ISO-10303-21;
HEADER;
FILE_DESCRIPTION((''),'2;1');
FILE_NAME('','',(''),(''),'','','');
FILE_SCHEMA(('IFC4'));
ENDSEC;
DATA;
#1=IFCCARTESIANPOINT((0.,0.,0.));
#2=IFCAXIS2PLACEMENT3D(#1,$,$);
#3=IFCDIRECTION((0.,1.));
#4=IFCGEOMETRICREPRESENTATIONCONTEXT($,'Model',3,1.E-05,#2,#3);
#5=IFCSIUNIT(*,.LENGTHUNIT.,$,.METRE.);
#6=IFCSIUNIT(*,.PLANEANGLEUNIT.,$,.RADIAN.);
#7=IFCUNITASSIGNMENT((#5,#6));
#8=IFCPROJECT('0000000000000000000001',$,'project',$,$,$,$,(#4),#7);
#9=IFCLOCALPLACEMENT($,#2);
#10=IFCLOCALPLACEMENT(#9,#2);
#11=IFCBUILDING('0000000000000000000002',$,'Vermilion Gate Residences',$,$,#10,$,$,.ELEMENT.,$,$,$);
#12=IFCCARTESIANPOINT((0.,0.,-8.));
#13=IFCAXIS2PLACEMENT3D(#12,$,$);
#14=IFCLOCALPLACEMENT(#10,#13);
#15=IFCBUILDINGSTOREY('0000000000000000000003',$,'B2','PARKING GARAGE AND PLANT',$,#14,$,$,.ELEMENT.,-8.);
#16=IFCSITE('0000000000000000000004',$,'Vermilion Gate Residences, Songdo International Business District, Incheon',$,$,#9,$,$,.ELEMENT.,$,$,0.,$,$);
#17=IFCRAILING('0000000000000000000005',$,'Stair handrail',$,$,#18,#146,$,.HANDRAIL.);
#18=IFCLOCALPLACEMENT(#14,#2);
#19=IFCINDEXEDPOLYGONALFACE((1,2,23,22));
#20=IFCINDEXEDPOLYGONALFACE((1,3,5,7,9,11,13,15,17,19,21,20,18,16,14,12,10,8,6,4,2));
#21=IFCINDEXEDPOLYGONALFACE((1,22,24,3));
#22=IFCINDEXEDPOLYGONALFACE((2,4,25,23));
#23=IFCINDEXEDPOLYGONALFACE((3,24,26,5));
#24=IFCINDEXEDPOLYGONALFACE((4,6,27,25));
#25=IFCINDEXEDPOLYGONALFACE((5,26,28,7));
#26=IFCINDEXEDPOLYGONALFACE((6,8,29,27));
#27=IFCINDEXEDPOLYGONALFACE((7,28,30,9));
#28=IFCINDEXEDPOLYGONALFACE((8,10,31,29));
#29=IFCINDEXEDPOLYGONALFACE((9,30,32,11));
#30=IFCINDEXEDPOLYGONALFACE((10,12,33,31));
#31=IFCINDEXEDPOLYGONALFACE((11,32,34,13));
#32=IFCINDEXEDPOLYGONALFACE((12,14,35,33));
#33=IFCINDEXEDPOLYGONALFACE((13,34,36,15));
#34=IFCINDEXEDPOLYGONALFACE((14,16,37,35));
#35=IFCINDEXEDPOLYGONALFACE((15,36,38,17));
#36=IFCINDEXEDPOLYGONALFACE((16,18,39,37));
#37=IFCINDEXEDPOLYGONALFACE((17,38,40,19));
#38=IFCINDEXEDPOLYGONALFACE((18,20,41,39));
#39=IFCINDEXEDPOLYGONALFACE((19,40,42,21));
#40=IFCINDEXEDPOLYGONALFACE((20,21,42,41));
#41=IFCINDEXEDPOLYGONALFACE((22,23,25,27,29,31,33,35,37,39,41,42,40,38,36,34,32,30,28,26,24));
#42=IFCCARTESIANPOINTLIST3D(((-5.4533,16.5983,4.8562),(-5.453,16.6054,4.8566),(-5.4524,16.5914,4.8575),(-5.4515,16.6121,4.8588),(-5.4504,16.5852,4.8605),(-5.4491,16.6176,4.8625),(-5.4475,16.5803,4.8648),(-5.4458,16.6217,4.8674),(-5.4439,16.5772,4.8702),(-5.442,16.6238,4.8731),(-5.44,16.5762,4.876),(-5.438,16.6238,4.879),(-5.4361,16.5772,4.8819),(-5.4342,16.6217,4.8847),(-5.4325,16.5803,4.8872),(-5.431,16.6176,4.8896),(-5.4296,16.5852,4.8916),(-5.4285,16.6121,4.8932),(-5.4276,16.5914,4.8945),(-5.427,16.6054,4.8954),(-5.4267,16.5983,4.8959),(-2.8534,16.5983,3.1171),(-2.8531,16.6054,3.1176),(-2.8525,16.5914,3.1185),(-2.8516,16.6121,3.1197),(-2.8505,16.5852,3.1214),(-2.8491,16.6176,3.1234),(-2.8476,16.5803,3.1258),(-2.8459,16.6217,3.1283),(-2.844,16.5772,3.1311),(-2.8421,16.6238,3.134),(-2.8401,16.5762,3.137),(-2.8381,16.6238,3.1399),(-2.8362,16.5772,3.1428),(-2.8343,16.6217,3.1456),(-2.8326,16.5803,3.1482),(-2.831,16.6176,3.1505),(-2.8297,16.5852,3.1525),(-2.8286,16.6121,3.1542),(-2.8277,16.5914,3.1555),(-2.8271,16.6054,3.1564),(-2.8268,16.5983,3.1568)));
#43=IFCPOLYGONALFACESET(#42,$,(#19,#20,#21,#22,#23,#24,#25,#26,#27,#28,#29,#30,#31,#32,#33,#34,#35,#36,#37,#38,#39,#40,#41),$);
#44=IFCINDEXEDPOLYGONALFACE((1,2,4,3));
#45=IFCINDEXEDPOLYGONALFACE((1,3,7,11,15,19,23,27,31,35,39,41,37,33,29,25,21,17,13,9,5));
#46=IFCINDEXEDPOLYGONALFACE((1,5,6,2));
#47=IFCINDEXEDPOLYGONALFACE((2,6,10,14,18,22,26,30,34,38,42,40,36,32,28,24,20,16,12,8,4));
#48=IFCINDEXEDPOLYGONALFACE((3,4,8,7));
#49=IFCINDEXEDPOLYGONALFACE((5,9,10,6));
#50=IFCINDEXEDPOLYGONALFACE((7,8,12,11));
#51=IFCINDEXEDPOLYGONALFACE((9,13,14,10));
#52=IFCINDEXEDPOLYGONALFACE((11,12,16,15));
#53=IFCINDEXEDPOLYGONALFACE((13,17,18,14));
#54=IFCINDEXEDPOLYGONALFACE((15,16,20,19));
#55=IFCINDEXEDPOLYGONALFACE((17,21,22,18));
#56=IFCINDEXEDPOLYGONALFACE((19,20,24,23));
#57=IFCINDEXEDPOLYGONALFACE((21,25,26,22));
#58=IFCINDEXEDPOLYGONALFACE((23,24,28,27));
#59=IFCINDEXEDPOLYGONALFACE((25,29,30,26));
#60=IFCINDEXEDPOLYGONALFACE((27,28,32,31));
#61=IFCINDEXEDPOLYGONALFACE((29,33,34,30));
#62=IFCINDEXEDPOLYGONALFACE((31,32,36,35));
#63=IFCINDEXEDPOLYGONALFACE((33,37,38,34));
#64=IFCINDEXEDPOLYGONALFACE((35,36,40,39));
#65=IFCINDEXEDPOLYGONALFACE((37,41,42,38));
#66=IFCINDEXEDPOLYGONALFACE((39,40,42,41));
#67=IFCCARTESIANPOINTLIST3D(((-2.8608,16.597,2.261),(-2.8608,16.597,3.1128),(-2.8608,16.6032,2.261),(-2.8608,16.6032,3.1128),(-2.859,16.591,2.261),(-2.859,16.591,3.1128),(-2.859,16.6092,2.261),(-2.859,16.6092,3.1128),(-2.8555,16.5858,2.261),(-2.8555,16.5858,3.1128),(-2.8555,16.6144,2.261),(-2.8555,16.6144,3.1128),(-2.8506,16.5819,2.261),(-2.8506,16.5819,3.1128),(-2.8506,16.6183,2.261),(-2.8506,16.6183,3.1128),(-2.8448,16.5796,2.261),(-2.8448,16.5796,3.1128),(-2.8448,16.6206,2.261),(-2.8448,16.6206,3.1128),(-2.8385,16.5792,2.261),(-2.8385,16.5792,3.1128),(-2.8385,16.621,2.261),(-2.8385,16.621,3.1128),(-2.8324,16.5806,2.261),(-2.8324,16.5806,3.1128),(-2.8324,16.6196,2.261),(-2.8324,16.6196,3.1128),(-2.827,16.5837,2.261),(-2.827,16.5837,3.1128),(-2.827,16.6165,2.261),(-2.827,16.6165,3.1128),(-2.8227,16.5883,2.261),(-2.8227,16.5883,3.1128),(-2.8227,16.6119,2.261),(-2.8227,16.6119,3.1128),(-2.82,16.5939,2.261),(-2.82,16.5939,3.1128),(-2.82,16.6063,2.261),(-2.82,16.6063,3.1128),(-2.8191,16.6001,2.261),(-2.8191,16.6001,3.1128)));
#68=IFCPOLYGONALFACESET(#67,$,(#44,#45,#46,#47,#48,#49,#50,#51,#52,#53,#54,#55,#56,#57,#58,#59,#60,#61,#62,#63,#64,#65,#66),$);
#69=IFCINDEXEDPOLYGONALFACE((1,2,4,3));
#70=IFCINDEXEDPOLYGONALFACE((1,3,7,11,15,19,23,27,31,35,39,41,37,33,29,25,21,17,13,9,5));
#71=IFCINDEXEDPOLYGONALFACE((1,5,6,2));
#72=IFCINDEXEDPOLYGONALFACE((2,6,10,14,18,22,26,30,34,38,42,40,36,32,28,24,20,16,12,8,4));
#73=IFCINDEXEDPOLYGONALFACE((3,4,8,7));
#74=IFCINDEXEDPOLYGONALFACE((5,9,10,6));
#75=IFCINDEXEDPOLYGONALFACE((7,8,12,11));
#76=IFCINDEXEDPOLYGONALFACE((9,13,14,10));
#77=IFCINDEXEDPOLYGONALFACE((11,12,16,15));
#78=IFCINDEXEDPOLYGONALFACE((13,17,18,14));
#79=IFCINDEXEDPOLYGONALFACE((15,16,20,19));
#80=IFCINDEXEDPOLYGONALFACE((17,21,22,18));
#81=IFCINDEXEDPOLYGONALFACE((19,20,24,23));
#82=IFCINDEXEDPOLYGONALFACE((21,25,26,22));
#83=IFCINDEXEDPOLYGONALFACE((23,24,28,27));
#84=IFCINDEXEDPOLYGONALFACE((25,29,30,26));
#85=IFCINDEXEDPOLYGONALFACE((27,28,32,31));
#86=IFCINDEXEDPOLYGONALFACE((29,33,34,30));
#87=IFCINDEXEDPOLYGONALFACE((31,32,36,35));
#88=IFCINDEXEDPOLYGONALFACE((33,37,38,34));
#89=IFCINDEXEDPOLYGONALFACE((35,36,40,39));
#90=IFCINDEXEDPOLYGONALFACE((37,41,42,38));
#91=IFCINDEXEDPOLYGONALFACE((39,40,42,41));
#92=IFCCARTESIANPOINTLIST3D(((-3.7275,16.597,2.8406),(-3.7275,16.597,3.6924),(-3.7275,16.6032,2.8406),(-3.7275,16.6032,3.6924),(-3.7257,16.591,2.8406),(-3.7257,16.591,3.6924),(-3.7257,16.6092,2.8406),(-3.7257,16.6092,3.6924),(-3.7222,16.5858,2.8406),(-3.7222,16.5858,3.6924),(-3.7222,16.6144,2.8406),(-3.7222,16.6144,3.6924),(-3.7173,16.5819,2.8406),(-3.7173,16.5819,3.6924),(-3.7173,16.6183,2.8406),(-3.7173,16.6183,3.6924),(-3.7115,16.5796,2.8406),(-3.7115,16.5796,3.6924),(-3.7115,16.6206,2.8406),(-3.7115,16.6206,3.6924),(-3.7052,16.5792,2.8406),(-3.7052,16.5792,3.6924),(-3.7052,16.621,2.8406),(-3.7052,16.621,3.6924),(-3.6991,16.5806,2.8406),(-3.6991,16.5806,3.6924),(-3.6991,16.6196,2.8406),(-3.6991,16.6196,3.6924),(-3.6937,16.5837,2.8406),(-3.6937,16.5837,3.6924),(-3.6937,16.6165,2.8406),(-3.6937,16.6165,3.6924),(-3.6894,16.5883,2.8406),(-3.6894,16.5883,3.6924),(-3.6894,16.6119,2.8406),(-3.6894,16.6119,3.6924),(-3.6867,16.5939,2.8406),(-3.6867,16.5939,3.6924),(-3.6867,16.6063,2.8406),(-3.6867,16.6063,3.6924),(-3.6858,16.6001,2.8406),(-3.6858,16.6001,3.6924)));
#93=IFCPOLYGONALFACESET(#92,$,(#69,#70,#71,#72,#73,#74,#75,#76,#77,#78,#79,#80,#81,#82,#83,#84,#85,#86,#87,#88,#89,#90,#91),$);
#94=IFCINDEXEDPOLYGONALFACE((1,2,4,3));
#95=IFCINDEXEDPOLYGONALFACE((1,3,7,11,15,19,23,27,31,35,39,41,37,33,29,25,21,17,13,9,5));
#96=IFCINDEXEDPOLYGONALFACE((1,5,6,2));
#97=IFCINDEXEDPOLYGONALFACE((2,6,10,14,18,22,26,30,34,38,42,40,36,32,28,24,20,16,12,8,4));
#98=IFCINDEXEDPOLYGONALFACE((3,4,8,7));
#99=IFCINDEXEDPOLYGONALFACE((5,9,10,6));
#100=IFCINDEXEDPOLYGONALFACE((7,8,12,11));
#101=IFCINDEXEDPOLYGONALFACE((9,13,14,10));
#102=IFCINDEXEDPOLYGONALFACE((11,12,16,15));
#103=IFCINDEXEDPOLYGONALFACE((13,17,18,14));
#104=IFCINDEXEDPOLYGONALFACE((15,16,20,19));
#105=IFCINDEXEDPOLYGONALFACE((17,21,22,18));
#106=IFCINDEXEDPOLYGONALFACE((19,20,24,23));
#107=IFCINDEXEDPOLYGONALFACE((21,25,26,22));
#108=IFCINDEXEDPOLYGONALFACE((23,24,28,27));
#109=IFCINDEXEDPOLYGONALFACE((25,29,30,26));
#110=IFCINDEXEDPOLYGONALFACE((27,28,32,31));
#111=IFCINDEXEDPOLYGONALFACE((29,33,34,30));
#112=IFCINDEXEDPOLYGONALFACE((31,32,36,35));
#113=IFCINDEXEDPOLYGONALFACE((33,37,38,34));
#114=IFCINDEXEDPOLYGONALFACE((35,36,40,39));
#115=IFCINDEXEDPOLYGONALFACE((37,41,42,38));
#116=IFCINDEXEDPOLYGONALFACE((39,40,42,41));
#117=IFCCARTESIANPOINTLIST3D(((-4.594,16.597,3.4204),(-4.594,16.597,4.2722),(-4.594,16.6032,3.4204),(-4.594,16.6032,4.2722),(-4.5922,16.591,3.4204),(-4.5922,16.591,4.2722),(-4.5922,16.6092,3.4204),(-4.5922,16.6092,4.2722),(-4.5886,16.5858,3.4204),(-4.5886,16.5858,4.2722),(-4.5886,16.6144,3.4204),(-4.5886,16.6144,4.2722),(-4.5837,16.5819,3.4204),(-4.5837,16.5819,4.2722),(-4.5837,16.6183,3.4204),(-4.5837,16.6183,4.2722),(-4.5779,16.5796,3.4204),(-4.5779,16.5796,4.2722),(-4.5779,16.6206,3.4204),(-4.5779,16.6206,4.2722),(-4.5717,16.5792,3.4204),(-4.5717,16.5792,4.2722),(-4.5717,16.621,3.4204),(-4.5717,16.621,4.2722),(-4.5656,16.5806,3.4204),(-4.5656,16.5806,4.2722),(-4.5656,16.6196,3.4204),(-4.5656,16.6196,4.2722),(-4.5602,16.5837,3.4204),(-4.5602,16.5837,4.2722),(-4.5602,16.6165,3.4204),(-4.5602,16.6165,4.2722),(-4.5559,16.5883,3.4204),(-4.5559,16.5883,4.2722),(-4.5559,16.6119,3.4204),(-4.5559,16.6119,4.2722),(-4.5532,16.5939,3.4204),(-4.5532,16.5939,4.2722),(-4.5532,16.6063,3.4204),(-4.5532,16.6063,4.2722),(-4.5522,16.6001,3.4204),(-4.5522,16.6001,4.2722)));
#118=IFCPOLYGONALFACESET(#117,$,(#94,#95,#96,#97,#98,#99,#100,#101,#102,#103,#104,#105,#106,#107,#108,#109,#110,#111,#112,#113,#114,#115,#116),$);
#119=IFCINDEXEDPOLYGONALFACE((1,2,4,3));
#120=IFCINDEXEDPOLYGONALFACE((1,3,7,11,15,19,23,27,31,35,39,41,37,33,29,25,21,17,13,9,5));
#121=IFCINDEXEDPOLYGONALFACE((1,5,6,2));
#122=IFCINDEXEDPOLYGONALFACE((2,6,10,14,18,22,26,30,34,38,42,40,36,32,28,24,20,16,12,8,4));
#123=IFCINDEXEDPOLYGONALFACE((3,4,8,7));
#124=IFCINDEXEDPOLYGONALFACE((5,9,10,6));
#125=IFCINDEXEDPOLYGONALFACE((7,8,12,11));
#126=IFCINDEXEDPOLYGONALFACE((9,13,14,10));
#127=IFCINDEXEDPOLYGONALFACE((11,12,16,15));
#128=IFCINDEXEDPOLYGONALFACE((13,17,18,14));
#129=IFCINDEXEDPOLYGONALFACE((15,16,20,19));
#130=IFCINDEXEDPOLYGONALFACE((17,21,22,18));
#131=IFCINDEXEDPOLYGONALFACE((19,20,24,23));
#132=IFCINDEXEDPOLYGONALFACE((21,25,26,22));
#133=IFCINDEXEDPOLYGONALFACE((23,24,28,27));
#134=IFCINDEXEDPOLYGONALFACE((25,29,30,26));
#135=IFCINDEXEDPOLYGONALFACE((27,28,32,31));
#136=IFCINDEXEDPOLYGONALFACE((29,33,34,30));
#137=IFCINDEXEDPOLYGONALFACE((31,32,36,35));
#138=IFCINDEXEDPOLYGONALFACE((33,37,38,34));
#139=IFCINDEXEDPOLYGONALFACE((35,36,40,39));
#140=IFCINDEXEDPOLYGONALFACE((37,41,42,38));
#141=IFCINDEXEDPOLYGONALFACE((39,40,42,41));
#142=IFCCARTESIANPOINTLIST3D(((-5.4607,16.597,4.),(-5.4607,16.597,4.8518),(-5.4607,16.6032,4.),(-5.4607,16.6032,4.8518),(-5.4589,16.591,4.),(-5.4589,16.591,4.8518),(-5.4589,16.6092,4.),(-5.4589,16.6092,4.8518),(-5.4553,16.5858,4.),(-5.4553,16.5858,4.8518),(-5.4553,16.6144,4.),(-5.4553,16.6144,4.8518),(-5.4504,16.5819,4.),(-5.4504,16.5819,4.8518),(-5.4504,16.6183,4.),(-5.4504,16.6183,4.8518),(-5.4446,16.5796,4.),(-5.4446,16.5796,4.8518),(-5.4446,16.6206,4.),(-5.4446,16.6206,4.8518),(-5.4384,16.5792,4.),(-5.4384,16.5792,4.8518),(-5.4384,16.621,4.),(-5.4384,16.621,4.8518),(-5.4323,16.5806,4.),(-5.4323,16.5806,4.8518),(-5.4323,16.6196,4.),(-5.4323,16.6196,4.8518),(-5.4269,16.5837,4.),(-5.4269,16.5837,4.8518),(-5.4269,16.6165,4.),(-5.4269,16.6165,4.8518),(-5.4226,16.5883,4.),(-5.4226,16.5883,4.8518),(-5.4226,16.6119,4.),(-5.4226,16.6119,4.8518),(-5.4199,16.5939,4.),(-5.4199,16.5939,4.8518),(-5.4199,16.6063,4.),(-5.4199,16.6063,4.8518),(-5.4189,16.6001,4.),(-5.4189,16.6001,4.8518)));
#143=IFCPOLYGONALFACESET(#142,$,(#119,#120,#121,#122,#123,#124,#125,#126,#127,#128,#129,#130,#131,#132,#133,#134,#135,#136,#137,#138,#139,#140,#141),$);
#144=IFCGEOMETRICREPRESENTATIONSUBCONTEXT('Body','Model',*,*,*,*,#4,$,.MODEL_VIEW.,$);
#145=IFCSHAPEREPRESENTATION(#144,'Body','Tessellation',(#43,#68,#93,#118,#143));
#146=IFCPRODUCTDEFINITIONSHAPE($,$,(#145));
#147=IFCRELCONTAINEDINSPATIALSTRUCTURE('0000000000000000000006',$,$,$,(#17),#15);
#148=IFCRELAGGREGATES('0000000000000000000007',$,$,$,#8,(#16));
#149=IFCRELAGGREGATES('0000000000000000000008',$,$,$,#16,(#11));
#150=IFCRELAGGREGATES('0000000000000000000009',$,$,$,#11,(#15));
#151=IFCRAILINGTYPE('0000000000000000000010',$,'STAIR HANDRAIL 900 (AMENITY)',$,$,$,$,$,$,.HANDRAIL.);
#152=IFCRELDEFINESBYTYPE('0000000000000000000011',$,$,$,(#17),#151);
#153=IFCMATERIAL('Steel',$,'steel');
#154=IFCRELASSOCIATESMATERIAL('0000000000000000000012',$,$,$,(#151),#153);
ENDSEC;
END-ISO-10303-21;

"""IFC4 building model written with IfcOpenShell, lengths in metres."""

from ifc_helpers import new_model, si_unit, direction, frame, origin, origin_2d, place, context, subcontext, project, spatial, circle, extrude, material, type_object, element, save


model = new_model("IFC4")

# Units and contexts
model_context = context("Model", 3, precision=1e-05, world=origin(), true_north=direction((0.0, 1.0)))
body_context = subcontext(model_context, "Body", "Model", "MODEL_VIEW")
ifc_project = project(units=[si_unit("LENGTHUNIT", "METRE"), si_unit("PLANEANGLEUNIT", "RADIAN")], contexts=[model_context])

# Site, building, storey
site_placement = place(None, origin())
site = spatial("IfcSite", under=ifc_project, at=site_placement, Name="Vermilion Gate Residences, Songdo International Business District, Incheon", CompositionType="ELEMENT", RefElevation=0.0)
building_placement = place(site_placement, origin())
building = spatial("IfcBuilding", under=site, at=building_placement, Name="Vermilion Gate Residences", CompositionType="ELEMENT")
storey_placement = place(building_placement, frame((0.0, 0.0, -8.0)))
storey = spatial("IfcBuildingStorey", under=building, at=storey_placement, Name="B2", Description="PARKING GARAGE AND PLANT", CompositionType="ELEMENT", Elevation=-8.0)

# Railing
ifc_material_1 = material(Name="Steel", Category="steel")
railing_type = type_object("IfcRailingType", Name="STAIR HANDRAIL 900 (AMENITY)", PredefinedType="HANDRAIL", material=ifc_material_1)
railing_1_placement = place(storey_placement, frame((-2.8401, 16.6001, 2.261)))
element("IfcRailing", 1, at=railing_1_placement, inside=storey, type_object=railing_type, Name="Stair handrail", PredefinedType="HANDRAIL", context=body_context, shape_type="SweptSolid", body=[
    extrude(circle(Radius=0.0239, at=origin_2d()), frame((0.0, 0.0, 0.876), z_axis=(-0.831197, 0.0, 0.555978), x_axis=(0.0, -1.0, 0.0)), (0.0, 0.0, 1.0), 3.1279),
    extrude(circle(Radius=0.021, at=origin_2d()), origin(), (0.0, 0.0, 1.0), 0.8518),
    extrude(circle(Radius=0.021, at=origin_2d()), frame((-0.8667, 0.0, 0.5796)), (0.0, 0.0, 1.0), 0.8518),
    extrude(circle(Radius=0.021, at=origin_2d()), frame((-1.7332, 0.0, 1.1594)), (0.0, 0.0, 1.0), 0.8518),
    extrude(circle(Radius=0.021, at=origin_2d()), frame((-2.5999, 0.0, 1.739)), (0.0, 0.0, 1.0), 0.8518),
])

save(model, "model.ifc")
